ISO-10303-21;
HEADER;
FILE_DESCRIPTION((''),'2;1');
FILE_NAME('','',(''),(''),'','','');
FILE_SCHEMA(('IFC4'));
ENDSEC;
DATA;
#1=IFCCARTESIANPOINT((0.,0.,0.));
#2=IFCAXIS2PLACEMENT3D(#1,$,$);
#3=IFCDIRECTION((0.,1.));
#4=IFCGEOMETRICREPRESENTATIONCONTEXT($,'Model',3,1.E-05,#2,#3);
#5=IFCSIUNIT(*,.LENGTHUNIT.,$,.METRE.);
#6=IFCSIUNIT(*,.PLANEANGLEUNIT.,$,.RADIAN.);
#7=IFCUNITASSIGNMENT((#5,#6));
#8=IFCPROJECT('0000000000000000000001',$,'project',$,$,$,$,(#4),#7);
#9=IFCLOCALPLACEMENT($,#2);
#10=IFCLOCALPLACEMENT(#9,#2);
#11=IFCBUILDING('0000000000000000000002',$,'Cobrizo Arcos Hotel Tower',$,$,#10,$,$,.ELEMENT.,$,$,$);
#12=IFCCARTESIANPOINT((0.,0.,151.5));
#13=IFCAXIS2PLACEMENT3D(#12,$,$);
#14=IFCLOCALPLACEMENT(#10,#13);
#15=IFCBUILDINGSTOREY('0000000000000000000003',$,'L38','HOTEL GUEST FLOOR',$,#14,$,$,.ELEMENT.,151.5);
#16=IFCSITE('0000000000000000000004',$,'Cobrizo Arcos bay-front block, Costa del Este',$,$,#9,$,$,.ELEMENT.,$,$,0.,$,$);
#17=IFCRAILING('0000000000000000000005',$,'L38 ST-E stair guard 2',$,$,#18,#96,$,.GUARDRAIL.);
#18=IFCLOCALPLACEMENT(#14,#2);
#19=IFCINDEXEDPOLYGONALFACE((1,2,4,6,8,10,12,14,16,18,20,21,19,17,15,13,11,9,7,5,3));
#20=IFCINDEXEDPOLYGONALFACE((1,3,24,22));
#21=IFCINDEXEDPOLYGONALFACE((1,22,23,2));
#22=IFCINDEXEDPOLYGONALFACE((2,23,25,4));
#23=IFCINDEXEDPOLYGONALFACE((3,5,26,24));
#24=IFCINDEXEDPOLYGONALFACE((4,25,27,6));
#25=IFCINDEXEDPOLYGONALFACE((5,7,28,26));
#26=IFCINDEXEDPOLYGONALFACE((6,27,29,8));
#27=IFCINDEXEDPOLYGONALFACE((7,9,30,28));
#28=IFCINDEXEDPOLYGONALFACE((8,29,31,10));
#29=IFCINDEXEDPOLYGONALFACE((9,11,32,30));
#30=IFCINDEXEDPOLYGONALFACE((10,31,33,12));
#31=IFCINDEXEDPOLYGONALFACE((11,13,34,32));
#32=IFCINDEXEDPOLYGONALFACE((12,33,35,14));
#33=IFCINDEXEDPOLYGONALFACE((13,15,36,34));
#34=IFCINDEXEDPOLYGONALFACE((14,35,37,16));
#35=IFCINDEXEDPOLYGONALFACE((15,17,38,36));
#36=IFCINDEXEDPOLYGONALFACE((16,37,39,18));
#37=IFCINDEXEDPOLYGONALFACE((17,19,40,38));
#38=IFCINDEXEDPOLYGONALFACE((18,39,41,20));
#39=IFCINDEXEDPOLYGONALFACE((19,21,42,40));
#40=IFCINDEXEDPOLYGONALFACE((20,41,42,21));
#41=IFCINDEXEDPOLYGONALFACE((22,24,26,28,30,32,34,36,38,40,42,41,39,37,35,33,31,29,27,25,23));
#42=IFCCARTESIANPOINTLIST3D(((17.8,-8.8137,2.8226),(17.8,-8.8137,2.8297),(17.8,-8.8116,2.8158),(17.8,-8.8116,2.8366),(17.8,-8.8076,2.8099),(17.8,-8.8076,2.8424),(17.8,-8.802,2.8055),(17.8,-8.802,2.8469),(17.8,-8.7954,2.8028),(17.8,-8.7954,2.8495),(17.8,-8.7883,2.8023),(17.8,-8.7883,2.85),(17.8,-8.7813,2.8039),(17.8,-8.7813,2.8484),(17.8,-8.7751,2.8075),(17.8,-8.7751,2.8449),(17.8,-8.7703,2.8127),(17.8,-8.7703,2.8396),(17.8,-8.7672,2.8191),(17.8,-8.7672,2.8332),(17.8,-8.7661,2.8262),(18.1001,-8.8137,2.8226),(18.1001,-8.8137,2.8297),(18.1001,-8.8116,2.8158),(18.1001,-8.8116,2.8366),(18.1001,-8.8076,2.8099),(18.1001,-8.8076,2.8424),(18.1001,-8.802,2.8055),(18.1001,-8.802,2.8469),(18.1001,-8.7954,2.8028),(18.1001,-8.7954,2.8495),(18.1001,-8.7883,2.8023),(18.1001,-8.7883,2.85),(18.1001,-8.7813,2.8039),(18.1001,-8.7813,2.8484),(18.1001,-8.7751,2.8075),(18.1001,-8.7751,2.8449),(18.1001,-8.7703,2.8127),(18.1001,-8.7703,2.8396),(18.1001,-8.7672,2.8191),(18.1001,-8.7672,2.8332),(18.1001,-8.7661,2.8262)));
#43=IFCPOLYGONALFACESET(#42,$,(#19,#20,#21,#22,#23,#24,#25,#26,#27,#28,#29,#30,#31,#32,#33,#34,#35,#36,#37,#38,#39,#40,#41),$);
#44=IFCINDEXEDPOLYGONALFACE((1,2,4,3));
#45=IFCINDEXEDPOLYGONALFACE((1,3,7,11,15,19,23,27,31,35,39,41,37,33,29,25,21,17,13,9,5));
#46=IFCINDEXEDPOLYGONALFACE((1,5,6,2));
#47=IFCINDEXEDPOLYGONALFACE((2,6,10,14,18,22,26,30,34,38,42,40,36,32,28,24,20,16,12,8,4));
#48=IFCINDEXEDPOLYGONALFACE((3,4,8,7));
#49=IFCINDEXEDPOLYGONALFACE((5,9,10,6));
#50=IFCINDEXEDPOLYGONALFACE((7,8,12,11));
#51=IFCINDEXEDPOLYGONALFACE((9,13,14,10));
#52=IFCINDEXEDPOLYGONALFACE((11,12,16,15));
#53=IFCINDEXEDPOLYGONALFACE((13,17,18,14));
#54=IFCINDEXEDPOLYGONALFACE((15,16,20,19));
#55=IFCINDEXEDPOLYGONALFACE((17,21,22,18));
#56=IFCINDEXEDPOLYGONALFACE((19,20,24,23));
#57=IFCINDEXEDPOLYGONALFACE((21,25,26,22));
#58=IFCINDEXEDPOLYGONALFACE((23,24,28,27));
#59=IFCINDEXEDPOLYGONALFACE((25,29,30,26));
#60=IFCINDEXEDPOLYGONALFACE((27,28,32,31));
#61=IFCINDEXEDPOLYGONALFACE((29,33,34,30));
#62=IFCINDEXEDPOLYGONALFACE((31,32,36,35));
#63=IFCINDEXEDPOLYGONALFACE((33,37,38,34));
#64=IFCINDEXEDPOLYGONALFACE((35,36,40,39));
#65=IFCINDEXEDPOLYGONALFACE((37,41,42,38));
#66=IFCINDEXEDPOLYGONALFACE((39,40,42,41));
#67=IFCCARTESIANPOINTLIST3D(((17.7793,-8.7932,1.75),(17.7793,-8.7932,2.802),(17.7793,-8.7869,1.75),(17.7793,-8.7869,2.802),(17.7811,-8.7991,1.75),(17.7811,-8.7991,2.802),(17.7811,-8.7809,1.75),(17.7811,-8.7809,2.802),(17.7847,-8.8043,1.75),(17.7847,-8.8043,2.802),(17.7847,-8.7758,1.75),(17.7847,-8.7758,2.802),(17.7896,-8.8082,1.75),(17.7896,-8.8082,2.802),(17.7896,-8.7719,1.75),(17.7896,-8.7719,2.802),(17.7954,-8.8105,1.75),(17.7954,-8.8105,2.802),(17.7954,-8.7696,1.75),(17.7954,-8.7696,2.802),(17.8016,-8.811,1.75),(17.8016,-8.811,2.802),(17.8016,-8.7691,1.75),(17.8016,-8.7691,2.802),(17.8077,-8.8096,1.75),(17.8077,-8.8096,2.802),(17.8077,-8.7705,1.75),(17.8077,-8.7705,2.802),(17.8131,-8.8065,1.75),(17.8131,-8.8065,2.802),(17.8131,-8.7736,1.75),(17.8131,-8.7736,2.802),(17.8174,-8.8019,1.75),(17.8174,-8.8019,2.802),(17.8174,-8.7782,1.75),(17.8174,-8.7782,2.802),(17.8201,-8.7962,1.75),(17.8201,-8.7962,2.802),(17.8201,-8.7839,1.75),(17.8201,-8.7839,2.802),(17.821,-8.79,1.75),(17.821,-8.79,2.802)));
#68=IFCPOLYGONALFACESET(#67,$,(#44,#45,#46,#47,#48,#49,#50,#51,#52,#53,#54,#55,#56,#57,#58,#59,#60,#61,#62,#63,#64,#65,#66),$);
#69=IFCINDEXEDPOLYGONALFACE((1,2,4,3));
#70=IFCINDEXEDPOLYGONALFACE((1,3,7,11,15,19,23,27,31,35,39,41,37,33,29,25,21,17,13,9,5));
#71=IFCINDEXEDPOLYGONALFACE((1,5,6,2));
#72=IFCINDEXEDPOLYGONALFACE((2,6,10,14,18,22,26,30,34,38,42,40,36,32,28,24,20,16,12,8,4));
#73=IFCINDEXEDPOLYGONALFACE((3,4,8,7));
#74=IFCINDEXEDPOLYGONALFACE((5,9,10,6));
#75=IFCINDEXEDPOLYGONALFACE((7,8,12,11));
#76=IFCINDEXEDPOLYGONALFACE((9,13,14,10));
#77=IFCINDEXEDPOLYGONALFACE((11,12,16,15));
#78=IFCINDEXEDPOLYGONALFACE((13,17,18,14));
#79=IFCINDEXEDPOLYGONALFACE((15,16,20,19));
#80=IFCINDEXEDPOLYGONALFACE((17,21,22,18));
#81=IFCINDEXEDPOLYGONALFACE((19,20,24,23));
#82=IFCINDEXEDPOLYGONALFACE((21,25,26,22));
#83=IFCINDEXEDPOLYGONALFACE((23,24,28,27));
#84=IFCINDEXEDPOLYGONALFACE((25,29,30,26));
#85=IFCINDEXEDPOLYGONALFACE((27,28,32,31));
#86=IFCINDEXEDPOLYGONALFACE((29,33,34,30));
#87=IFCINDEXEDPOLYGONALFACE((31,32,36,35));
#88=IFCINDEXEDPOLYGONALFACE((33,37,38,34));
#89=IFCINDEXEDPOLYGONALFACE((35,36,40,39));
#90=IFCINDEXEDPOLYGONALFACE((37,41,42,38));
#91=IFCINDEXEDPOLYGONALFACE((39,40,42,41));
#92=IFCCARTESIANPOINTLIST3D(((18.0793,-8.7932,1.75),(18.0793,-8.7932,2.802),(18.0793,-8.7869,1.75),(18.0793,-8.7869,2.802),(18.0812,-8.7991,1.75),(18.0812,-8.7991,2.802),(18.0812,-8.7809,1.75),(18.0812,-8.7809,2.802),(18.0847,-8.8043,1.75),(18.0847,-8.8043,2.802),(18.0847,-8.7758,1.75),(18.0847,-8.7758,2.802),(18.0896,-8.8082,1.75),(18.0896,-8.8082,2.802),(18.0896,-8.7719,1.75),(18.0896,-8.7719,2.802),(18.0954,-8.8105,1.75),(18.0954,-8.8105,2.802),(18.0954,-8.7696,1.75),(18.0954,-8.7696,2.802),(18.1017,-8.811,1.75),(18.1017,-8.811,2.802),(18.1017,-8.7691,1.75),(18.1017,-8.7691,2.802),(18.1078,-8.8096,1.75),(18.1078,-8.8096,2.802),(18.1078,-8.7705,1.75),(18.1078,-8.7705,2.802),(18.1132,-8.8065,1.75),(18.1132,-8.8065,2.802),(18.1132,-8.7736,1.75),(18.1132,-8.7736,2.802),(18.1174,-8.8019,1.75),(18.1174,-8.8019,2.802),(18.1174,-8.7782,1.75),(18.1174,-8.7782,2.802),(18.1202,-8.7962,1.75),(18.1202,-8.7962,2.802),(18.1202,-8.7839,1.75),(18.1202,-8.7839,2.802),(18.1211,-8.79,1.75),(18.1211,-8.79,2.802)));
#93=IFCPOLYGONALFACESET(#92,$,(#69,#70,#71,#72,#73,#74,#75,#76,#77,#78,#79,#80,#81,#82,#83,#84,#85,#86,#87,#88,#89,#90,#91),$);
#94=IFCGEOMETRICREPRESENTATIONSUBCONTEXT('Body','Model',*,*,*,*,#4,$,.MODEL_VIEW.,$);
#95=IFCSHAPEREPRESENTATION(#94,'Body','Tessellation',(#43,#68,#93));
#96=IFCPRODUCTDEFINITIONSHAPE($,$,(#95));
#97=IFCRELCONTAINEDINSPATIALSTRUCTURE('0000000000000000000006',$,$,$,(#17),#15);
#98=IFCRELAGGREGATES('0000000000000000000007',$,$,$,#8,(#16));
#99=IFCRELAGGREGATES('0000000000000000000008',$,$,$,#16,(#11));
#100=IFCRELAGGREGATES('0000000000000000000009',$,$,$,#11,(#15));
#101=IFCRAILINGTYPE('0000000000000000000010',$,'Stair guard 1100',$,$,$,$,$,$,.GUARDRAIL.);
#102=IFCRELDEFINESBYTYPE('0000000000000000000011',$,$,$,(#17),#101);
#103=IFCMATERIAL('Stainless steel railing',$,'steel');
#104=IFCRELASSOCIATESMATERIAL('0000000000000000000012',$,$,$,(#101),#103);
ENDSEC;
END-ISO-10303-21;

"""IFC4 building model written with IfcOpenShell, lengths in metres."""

from ifc_helpers import new_model, si_unit, direction, frame, origin, origin_2d, place, context, subcontext, project, spatial, circle, extrude, material, type_object, element, save


model = new_model("IFC4")

# Units and contexts
model_context = context("Model", 3, precision=1e-05, world=origin(), true_north=direction((0.0, 1.0)))
body_context = subcontext(model_context, "Body", "Model", "MODEL_VIEW")
ifc_project = project(units=[si_unit("LENGTHUNIT", "METRE"), si_unit("PLANEANGLEUNIT", "RADIAN")], contexts=[model_context])

# Site, building, storey
site_placement = place(None, origin())
site = spatial("IfcSite", under=ifc_project, at=site_placement, Name="Cobrizo Arcos bay-front block, Costa del Este", CompositionType="ELEMENT", RefElevation=0.0)
building_placement = place(site_placement, origin())
building = spatial("IfcBuilding", under=site, at=building_placement, Name="Cobrizo Arcos Hotel Tower", CompositionType="ELEMENT")
storey_placement = place(building_placement, frame((0.0, 0.0, 151.5)))
storey = spatial("IfcBuildingStorey", under=building, at=storey_placement, Name="L38", Description="HOTEL GUEST FLOOR", CompositionType="ELEMENT", Elevation=151.5)

# Railing
ifc_material_1 = material(Name="Stainless steel railing", Category="steel")
railing_type_1 = type_object("IfcRailingType", Name="Stair guard 1100", PredefinedType="GUARDRAIL", material=ifc_material_1)
railing_1_placement = place(storey_placement, frame((17.8, -8.79, 1.75)))
element("IfcRailing", 1, at=railing_1_placement, inside=storey, type_object=railing_type_1, Name="L38 ST-E stair guard 2", PredefinedType="GUARDRAIL", context=body_context, shape_type="SweptSolid", body=[
    extrude(circle(Radius=0.0239, at=origin_2d()), frame((0.0, 0.0, 1.0762), z_axis=(1.0, 0.0, 0.0), x_axis=(0.0, 1.0, 0.0)), (0.0, 0.0, 1.0), 0.3),
    extrude(circle(Radius=0.021, at=origin_2d()), origin(), (0.0, 0.0, 1.0), 1.052),
    extrude(circle(Radius=0.021, at=origin_2d()), frame((0.3, 0.0, 0.0)), (0.0, 0.0, 1.0), 1.052),
])

save(model, "model.ifc")
